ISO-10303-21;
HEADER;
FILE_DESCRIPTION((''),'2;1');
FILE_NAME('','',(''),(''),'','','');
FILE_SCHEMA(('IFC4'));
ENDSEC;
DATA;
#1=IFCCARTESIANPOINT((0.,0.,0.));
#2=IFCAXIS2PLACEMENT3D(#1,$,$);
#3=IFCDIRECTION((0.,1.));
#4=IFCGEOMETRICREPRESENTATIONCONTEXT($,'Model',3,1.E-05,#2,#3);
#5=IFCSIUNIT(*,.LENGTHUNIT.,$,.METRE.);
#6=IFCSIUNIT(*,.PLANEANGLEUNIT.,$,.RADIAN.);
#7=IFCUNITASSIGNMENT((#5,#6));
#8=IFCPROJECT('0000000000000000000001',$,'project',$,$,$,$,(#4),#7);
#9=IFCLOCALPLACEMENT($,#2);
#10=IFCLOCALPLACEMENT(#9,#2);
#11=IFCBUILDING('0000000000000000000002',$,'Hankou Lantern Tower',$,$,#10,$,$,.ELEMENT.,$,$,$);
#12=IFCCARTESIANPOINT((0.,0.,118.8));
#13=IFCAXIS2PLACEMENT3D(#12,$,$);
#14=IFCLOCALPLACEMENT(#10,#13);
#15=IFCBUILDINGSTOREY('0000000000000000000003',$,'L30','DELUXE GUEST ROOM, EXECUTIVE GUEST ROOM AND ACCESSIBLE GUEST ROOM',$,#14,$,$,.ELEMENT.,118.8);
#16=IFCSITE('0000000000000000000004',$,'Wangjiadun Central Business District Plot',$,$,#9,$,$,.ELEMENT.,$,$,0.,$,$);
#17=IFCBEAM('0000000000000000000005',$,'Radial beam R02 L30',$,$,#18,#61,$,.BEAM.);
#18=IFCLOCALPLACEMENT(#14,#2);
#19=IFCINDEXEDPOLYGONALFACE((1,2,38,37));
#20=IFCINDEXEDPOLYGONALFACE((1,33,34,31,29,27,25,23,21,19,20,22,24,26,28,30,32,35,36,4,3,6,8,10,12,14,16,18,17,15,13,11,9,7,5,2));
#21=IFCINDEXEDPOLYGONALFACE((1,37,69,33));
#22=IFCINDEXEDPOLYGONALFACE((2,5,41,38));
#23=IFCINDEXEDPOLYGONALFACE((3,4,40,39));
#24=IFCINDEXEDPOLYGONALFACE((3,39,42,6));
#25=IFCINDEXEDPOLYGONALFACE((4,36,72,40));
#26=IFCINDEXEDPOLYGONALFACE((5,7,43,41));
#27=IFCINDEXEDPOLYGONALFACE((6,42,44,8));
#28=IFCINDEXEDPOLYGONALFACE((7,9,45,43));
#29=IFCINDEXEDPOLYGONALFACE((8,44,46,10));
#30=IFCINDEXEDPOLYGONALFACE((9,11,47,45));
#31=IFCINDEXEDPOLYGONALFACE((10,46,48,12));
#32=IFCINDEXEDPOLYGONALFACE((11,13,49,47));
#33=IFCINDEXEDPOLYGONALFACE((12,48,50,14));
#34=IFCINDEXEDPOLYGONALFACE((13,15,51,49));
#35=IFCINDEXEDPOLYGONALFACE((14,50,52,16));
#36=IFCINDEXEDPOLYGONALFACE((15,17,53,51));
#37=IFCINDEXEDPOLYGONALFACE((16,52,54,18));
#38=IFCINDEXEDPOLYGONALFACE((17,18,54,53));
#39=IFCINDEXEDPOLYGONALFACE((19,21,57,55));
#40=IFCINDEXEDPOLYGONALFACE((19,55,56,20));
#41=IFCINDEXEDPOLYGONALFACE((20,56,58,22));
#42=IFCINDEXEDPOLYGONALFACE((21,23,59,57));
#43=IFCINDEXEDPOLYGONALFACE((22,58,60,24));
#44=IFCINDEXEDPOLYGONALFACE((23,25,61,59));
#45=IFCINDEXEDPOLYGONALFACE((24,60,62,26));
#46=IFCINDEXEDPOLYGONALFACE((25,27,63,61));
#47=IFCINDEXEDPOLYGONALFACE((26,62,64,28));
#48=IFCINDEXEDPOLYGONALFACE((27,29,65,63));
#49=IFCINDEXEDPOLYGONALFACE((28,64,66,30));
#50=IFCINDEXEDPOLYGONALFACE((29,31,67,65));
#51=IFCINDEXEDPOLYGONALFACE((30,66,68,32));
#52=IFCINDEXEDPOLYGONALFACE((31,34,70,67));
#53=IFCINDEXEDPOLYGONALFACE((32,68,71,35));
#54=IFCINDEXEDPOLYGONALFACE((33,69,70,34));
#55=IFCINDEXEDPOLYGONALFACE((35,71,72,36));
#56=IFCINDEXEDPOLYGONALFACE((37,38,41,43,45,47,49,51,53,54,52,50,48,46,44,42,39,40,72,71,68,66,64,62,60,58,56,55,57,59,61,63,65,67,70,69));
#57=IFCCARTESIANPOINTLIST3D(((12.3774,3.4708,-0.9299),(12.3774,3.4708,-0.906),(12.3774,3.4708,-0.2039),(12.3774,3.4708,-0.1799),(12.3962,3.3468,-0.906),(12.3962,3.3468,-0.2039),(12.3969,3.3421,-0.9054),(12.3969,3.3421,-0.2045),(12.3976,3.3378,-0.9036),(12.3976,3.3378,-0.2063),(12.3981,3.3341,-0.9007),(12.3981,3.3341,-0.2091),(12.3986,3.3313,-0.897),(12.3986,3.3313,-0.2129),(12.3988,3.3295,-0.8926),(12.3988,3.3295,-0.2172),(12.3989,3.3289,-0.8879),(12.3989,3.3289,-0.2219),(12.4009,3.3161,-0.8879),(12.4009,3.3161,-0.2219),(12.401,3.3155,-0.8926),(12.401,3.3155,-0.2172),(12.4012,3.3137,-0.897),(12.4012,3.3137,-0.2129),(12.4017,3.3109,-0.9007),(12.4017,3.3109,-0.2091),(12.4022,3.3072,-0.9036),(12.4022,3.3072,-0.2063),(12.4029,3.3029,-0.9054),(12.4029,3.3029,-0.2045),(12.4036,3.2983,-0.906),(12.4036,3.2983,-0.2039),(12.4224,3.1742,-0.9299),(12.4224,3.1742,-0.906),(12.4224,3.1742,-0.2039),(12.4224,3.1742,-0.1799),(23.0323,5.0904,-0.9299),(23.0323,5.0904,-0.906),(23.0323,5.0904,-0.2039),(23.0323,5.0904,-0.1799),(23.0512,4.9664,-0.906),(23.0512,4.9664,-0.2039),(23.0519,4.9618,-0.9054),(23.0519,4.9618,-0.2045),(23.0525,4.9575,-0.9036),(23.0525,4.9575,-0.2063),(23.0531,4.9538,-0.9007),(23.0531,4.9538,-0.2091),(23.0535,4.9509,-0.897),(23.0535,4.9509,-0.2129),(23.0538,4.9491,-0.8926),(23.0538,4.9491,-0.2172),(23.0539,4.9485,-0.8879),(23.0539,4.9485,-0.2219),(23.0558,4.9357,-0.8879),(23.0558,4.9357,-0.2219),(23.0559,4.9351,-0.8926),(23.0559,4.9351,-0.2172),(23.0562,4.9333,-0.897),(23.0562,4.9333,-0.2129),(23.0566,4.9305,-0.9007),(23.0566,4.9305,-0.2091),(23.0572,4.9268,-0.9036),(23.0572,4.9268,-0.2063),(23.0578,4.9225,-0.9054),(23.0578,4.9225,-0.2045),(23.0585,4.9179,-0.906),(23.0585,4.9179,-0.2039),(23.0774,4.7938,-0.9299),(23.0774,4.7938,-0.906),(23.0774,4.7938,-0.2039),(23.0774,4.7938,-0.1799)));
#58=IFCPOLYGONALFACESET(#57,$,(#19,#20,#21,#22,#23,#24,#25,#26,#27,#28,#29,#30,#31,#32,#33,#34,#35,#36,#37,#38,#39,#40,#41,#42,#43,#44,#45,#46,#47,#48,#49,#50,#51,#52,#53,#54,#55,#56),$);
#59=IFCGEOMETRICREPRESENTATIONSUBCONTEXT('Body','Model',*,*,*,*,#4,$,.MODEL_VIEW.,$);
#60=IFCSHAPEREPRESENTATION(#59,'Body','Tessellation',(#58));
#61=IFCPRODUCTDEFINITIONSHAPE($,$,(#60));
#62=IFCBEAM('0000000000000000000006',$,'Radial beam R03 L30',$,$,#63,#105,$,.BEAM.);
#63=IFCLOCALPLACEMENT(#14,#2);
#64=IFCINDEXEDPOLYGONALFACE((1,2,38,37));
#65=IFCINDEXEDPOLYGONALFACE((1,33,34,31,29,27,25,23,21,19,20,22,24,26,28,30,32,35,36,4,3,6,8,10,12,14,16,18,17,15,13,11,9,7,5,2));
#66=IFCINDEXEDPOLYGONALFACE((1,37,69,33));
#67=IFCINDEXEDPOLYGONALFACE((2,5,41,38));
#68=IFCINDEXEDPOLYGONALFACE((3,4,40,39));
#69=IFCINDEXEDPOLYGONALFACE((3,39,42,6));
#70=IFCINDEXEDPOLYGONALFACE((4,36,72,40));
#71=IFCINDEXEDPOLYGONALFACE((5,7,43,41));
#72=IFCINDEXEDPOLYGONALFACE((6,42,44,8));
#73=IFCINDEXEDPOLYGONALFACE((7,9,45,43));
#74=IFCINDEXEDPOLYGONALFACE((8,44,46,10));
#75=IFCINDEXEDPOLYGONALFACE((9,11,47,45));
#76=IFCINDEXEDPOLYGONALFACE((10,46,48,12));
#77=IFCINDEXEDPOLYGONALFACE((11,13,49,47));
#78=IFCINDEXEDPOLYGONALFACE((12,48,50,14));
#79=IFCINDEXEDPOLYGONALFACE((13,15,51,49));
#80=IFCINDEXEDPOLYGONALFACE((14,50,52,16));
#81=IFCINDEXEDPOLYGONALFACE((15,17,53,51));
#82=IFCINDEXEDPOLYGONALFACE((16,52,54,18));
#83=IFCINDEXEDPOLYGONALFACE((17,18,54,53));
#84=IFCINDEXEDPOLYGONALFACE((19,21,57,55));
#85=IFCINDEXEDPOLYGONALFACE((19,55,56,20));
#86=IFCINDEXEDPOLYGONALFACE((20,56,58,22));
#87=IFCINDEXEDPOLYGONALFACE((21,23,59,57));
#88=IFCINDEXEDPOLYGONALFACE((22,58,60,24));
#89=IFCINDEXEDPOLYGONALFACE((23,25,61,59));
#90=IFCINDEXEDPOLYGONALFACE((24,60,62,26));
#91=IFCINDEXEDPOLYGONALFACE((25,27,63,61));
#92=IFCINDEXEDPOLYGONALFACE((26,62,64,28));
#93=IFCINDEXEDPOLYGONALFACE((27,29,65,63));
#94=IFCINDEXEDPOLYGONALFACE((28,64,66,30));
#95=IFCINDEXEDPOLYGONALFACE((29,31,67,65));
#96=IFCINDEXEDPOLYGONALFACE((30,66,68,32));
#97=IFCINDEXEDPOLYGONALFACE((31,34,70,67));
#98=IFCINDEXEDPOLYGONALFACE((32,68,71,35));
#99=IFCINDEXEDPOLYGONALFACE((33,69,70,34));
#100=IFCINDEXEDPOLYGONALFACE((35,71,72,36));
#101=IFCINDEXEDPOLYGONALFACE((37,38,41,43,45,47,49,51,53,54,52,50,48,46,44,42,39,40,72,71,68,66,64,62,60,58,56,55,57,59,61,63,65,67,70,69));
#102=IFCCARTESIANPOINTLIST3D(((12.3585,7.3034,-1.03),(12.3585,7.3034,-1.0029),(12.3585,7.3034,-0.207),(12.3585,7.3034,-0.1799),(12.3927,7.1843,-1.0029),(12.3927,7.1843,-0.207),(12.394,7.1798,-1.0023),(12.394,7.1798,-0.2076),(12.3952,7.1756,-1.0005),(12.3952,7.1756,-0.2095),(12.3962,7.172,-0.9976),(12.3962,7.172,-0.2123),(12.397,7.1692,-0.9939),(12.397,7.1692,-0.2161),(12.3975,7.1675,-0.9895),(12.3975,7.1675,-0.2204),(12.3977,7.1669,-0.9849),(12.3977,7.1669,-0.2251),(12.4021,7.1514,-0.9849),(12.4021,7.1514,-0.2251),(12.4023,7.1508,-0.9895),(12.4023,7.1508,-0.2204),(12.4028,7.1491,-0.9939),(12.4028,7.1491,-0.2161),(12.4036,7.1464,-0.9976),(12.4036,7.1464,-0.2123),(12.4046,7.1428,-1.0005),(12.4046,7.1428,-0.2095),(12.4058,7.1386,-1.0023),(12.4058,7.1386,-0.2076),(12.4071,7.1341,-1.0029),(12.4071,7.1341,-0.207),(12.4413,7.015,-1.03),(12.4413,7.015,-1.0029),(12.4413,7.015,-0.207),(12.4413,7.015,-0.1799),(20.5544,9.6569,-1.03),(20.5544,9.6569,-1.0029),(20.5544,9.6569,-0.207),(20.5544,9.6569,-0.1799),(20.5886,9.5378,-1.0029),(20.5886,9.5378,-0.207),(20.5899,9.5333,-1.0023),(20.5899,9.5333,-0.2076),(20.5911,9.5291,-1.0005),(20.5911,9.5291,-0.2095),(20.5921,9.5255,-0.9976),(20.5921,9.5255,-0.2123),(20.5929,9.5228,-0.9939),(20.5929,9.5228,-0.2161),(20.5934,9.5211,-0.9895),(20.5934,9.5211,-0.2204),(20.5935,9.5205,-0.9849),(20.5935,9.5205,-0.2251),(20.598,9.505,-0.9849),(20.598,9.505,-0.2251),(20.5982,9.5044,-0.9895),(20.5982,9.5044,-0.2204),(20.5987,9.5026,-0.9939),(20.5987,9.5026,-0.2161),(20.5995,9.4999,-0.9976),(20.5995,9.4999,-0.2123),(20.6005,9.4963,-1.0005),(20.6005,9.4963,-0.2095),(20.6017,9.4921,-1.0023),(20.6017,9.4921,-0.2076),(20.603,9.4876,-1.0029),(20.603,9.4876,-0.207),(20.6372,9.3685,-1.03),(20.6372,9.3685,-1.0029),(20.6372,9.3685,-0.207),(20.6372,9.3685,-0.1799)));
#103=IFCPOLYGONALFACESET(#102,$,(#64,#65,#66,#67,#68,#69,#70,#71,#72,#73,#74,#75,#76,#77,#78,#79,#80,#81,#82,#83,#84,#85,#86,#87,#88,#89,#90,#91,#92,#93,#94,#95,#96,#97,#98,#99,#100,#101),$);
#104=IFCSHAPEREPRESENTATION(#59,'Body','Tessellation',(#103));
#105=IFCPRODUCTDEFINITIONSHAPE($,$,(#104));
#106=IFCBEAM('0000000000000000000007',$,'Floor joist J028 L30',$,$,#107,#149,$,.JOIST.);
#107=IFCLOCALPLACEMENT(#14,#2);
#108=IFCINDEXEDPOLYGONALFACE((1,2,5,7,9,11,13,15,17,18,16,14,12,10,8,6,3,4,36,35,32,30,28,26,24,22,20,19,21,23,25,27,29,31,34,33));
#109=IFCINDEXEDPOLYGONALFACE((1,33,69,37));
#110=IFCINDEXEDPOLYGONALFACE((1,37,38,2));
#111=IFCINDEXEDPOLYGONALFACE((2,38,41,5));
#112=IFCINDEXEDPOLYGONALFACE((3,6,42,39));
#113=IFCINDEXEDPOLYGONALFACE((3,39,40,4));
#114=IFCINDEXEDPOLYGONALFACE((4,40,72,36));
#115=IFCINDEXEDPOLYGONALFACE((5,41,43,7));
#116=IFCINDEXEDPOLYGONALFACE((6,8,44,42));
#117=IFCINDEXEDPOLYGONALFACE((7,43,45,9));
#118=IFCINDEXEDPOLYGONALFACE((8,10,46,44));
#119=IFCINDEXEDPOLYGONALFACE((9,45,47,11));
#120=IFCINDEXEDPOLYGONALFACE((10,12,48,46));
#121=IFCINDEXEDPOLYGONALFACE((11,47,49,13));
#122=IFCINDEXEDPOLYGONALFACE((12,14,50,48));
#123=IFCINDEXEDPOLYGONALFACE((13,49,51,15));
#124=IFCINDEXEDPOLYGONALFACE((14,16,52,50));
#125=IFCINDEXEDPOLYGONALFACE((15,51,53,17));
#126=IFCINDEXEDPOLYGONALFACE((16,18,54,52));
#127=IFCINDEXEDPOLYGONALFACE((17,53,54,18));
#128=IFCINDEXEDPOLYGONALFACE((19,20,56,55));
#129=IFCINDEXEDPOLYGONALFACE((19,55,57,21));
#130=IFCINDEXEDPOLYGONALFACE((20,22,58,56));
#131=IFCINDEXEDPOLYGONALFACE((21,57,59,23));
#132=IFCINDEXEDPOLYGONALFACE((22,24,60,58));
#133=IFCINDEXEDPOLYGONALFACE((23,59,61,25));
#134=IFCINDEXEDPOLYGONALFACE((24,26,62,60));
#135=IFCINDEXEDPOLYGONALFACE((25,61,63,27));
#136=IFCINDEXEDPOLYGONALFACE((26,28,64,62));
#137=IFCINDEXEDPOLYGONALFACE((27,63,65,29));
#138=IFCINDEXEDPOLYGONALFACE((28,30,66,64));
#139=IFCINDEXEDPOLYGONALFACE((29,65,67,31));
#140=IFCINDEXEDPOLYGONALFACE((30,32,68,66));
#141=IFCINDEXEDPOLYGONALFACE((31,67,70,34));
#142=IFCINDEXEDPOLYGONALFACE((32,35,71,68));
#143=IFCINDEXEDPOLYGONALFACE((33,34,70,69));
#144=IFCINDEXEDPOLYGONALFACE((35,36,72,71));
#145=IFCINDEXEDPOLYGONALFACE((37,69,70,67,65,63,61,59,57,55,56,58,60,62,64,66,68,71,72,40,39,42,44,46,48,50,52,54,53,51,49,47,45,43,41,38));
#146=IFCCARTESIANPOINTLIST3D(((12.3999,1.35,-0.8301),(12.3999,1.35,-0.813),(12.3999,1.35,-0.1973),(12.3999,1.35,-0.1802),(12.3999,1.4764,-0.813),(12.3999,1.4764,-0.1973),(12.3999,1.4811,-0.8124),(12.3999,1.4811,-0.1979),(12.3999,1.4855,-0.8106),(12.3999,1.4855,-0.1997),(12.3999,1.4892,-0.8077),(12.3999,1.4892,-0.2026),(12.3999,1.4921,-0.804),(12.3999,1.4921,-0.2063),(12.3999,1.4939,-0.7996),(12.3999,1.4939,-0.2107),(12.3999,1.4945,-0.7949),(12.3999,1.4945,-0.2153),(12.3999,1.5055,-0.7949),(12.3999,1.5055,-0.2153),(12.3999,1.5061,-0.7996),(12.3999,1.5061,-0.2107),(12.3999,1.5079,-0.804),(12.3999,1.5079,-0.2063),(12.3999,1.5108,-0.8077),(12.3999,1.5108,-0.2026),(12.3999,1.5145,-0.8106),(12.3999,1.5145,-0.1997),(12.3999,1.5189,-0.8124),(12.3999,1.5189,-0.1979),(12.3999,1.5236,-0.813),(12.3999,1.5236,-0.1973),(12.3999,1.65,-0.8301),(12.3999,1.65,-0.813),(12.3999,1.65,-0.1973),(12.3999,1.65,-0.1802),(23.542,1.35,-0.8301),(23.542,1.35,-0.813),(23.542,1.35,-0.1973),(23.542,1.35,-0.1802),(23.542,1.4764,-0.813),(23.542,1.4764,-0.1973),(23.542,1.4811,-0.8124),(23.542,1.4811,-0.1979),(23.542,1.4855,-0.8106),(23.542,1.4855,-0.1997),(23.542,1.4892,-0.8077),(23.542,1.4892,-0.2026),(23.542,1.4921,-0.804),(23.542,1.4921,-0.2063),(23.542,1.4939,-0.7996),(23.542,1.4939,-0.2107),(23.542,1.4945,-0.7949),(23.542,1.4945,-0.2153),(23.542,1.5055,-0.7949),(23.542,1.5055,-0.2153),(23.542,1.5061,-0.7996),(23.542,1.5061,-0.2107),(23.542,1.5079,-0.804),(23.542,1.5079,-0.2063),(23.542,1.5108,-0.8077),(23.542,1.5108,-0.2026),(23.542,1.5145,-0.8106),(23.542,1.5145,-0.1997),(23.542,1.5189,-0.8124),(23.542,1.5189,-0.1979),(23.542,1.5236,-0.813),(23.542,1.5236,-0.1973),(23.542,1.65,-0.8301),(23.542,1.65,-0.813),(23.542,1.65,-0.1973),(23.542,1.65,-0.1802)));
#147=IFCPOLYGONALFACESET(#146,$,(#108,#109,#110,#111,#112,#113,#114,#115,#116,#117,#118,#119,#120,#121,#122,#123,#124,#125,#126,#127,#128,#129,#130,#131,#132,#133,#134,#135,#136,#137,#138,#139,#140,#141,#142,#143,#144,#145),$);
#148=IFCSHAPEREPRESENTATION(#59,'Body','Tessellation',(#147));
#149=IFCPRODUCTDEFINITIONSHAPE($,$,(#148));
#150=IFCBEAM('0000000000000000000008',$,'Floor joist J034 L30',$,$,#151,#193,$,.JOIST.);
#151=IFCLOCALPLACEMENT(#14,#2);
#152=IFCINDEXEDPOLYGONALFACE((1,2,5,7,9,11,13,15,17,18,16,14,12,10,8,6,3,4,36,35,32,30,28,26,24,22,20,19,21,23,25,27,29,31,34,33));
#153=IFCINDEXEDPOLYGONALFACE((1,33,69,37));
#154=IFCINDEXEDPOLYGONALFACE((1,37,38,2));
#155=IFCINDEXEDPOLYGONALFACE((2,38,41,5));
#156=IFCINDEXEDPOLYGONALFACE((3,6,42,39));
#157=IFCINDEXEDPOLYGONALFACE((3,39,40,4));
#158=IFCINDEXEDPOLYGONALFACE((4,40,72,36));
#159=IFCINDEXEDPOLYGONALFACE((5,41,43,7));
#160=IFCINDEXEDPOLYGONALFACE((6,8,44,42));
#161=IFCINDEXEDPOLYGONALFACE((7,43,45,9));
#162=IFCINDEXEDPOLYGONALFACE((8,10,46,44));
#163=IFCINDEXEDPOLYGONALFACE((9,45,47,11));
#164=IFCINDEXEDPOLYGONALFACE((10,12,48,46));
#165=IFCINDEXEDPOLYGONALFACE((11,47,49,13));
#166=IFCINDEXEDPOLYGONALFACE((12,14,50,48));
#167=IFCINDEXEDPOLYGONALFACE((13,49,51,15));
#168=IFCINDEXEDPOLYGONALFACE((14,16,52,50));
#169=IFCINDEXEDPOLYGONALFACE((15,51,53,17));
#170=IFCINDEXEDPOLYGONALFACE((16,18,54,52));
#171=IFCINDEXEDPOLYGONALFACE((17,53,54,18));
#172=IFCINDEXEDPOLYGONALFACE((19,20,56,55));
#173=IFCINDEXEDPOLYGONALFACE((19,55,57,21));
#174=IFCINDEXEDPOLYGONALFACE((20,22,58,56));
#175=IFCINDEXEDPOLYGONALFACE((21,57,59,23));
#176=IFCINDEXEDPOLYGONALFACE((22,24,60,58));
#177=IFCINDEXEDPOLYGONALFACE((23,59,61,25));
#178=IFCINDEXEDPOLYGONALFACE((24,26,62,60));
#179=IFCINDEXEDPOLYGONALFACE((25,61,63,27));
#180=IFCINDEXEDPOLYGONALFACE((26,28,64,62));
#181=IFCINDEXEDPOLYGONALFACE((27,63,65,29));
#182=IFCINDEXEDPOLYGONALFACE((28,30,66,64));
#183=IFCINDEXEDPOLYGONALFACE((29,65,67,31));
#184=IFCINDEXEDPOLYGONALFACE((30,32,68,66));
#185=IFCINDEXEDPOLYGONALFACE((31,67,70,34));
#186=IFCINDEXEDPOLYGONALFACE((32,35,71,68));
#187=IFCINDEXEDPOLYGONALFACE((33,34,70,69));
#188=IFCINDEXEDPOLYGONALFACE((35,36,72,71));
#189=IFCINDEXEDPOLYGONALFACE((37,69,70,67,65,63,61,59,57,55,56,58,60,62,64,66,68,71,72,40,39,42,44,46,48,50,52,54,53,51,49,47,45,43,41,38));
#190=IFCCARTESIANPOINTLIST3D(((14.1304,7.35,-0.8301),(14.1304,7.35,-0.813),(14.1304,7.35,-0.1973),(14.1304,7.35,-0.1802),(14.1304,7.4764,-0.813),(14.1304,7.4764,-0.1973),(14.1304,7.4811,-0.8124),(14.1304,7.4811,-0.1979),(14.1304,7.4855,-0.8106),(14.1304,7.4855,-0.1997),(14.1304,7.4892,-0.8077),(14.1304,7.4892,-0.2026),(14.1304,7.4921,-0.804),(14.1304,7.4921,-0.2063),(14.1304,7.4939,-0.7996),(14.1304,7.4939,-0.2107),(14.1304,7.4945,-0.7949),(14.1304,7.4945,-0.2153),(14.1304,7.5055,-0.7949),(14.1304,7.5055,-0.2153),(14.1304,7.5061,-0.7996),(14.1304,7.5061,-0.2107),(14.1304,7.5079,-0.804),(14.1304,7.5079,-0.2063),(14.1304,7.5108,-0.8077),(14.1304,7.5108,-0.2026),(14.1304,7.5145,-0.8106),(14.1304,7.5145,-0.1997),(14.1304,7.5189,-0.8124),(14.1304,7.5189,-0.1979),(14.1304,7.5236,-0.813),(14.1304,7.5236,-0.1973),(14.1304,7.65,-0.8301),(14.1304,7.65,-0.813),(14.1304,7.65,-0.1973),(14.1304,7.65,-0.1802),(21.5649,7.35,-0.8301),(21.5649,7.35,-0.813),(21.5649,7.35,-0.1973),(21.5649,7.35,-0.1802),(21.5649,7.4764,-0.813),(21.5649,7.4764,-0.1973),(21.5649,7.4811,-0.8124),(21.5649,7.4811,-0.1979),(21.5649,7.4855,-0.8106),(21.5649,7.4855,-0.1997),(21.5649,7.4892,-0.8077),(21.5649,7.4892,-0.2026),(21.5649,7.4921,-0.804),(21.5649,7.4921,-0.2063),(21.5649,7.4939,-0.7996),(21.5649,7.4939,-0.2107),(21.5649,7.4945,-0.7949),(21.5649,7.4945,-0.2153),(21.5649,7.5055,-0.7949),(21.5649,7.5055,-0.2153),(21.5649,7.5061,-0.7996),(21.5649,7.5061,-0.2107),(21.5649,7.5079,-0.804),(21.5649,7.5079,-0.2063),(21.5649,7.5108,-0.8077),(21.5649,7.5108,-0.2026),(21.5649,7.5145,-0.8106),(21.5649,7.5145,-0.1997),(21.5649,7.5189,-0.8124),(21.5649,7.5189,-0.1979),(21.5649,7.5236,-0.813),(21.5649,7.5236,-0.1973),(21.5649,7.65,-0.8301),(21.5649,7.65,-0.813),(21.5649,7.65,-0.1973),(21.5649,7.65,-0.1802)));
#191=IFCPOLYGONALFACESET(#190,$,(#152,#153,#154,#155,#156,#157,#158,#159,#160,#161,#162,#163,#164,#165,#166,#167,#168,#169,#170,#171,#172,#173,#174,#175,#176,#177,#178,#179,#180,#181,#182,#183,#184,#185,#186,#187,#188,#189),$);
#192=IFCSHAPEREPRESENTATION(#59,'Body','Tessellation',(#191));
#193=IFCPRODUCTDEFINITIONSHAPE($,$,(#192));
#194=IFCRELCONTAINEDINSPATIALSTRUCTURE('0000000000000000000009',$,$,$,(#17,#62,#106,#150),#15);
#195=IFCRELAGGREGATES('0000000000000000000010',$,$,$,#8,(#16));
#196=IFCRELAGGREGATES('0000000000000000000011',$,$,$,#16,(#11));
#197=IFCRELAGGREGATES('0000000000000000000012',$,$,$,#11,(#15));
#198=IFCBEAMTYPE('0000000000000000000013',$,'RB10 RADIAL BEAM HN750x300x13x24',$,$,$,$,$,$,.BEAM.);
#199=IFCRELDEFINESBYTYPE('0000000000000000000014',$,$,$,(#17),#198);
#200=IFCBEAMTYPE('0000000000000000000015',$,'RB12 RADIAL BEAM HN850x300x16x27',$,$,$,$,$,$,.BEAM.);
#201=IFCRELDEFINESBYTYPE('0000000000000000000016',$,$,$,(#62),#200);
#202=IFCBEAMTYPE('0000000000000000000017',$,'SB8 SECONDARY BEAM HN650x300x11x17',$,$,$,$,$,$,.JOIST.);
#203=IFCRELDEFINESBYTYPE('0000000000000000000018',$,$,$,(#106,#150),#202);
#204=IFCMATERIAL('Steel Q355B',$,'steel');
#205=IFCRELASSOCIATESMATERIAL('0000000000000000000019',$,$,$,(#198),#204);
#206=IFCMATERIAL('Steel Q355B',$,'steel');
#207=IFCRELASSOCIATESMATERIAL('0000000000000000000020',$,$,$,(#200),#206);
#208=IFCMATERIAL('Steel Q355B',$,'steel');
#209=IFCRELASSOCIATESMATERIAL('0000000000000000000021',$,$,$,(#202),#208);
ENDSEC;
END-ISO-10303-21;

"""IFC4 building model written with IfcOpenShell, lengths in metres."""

from ifc_helpers import new_model, si_unit, direction, frame, origin, origin_2d, place, context, subcontext, project, spatial, i_section, extrude, material, material_profile, profile_set, type_object, element, save


model = new_model("IFC4")

# Units and contexts
model_context = context("Model", 3, precision=1e-05, world=origin(), true_north=direction((0.0, 1.0)))
body_context = subcontext(model_context, "Body", "Model", "MODEL_VIEW")
ifc_project = project(units=[si_unit("LENGTHUNIT", "METRE"), si_unit("PLANEANGLEUNIT", "RADIAN")], contexts=[model_context])

# Site, building, storey
site_placement = place(None, origin())
site = spatial("IfcSite", under=ifc_project, at=site_placement, Name="Wangjiadun Central Business District Plot", CompositionType="ELEMENT", RefElevation=0.0)
building_placement = place(site_placement, origin())
building = spatial("IfcBuilding", under=site, at=building_placement, Name="Hankou Lantern Tower", CompositionType="ELEMENT")
storey_placement = place(building_placement, frame((0.0, 0.0, 118.8)))
storey = spatial("IfcBuildingStorey", under=building, at=storey_placement, Name="L30", Description="DELUXE GUEST ROOM, EXECUTIVE GUEST ROOM AND ACCESSIBLE GUEST ROOM", CompositionType="ELEMENT", Elevation=118.8)

# Beams
ifc_material_1 = material(Name="Steel Q355B", Category="steel")
ifc_material_profile_1 = material_profile(ifc_material_1, i_section(OverallWidth=0.3, OverallDepth=0.75, WebThickness=0.0129, FlangeThickness=0.0239, FilletRadius=0.0181, at=origin_2d()), Name="HN750x300x13x24")
ifc_profile_set_1 = profile_set([ifc_material_profile_1], Name="Steel Q355B")
beam_type_1 = type_object("IfcBeamType", Name="RB10 RADIAL BEAM HN750x300x13x24", PredefinedType="BEAM", material=ifc_profile_set_1)
beam_1_placement = place(storey_placement, frame((12.3999, 3.3225, -0.5549), z_axis=(0.988644, 0.15028, 0.0), x_axis=(-0.15028, 0.988644, 0.0)))
element("IfcBeam", 1, at=beam_1_placement, inside=storey, type_object=beam_type_1, Name="Radial beam R02 L30", PredefinedType="BEAM", context=body_context, shape_type="SweptSolid", body=[
    extrude(i_section(OverallWidth=0.3, OverallDepth=0.75, WebThickness=0.0129, FlangeThickness=0.0239, FilletRadius=0.0181, at=origin_2d()), origin(), (0.0, 0.0, 1.0), 10.7773),
])
ifc_material_2 = material(Name="Steel Q355B", Category="steel")
ifc_material_profile_2 = material_profile(ifc_material_2, i_section(OverallWidth=0.3, OverallDepth=0.8501, WebThickness=0.0161, FlangeThickness=0.0271, FilletRadius=0.0181, at=origin_2d()), Name="HN850x300x16x27")
ifc_profile_set_2 = profile_set([ifc_material_profile_2], Name="Steel Q355B")
beam_type_2 = type_object("IfcBeamType", Name="RB12 RADIAL BEAM HN850x300x16x27", PredefinedType="BEAM", material=ifc_profile_set_2)
beam_2_placement = place(storey_placement, frame((12.3999, 7.1592, -0.605), z_axis=(0.961156, 0.276007, 0.0), x_axis=(-0.276007, 0.961156, 0.0)))
element("IfcBeam", 2, at=beam_2_placement, inside=storey, type_object=beam_type_2, Name="Radial beam R03 L30", PredefinedType="BEAM", context=body_context, shape_type="SweptSolid", body=[
    extrude(i_section(OverallWidth=0.3, OverallDepth=0.8501, WebThickness=0.0161, FlangeThickness=0.0271, FilletRadius=0.0181, at=origin_2d()), origin(), (0.0, 0.0, 1.0), 8.5271),
])
ifc_material_3 = material(Name="Steel Q355B", Category="steel")
ifc_material_profile_3 = material_profile(ifc_material_3, i_section(OverallWidth=0.3, OverallDepth=0.6499, WebThickness=0.011, FlangeThickness=0.0171, FilletRadius=0.0181, at=origin_2d()), Name="HN650x300x11x17")
ifc_profile_set_3 = profile_set([ifc_material_profile_3], Name="Steel Q355B")
beam_type_3 = type_object("IfcBeamType", Name="SB8 SECONDARY BEAM HN650x300x11x17", PredefinedType="JOIST", material=ifc_profile_set_3)
beam_3_placement = place(storey_placement, frame((12.3999, 1.5, -0.5051), z_axis=(1.0, 0.0, 0.0), x_axis=(0.0, 1.0, 0.0)))
element("IfcBeam", 3, at=beam_3_placement, inside=storey, type_object=beam_type_3, Name="Floor joist J028 L30", PredefinedType="JOIST", context=body_context, shape_type="SweptSolid", body=[
    extrude(i_section(OverallWidth=0.3, OverallDepth=0.6499, WebThickness=0.011, FlangeThickness=0.0171, FilletRadius=0.0181, at=origin_2d()), origin(), (0.0, 0.0, 1.0), 11.1421),
])
beam_4_placement = place(storey_placement, frame((14.1304, 7.5, -0.5051), z_axis=(1.0, 0.0, 0.0), x_axis=(0.0, 1.0, 0.0)))
element("IfcBeam", 4, at=beam_4_placement, inside=storey, type_object=beam_type_3, Name="Floor joist J034 L30", PredefinedType="JOIST", context=body_context, shape_type="SweptSolid", body=[
    extrude(i_section(OverallWidth=0.3, OverallDepth=0.6499, WebThickness=0.011, FlangeThickness=0.0171, FilletRadius=0.0181, at=origin_2d()), origin(), (0.0, 0.0, 1.0), 7.4346),
])

save(model, "model.ifc")
